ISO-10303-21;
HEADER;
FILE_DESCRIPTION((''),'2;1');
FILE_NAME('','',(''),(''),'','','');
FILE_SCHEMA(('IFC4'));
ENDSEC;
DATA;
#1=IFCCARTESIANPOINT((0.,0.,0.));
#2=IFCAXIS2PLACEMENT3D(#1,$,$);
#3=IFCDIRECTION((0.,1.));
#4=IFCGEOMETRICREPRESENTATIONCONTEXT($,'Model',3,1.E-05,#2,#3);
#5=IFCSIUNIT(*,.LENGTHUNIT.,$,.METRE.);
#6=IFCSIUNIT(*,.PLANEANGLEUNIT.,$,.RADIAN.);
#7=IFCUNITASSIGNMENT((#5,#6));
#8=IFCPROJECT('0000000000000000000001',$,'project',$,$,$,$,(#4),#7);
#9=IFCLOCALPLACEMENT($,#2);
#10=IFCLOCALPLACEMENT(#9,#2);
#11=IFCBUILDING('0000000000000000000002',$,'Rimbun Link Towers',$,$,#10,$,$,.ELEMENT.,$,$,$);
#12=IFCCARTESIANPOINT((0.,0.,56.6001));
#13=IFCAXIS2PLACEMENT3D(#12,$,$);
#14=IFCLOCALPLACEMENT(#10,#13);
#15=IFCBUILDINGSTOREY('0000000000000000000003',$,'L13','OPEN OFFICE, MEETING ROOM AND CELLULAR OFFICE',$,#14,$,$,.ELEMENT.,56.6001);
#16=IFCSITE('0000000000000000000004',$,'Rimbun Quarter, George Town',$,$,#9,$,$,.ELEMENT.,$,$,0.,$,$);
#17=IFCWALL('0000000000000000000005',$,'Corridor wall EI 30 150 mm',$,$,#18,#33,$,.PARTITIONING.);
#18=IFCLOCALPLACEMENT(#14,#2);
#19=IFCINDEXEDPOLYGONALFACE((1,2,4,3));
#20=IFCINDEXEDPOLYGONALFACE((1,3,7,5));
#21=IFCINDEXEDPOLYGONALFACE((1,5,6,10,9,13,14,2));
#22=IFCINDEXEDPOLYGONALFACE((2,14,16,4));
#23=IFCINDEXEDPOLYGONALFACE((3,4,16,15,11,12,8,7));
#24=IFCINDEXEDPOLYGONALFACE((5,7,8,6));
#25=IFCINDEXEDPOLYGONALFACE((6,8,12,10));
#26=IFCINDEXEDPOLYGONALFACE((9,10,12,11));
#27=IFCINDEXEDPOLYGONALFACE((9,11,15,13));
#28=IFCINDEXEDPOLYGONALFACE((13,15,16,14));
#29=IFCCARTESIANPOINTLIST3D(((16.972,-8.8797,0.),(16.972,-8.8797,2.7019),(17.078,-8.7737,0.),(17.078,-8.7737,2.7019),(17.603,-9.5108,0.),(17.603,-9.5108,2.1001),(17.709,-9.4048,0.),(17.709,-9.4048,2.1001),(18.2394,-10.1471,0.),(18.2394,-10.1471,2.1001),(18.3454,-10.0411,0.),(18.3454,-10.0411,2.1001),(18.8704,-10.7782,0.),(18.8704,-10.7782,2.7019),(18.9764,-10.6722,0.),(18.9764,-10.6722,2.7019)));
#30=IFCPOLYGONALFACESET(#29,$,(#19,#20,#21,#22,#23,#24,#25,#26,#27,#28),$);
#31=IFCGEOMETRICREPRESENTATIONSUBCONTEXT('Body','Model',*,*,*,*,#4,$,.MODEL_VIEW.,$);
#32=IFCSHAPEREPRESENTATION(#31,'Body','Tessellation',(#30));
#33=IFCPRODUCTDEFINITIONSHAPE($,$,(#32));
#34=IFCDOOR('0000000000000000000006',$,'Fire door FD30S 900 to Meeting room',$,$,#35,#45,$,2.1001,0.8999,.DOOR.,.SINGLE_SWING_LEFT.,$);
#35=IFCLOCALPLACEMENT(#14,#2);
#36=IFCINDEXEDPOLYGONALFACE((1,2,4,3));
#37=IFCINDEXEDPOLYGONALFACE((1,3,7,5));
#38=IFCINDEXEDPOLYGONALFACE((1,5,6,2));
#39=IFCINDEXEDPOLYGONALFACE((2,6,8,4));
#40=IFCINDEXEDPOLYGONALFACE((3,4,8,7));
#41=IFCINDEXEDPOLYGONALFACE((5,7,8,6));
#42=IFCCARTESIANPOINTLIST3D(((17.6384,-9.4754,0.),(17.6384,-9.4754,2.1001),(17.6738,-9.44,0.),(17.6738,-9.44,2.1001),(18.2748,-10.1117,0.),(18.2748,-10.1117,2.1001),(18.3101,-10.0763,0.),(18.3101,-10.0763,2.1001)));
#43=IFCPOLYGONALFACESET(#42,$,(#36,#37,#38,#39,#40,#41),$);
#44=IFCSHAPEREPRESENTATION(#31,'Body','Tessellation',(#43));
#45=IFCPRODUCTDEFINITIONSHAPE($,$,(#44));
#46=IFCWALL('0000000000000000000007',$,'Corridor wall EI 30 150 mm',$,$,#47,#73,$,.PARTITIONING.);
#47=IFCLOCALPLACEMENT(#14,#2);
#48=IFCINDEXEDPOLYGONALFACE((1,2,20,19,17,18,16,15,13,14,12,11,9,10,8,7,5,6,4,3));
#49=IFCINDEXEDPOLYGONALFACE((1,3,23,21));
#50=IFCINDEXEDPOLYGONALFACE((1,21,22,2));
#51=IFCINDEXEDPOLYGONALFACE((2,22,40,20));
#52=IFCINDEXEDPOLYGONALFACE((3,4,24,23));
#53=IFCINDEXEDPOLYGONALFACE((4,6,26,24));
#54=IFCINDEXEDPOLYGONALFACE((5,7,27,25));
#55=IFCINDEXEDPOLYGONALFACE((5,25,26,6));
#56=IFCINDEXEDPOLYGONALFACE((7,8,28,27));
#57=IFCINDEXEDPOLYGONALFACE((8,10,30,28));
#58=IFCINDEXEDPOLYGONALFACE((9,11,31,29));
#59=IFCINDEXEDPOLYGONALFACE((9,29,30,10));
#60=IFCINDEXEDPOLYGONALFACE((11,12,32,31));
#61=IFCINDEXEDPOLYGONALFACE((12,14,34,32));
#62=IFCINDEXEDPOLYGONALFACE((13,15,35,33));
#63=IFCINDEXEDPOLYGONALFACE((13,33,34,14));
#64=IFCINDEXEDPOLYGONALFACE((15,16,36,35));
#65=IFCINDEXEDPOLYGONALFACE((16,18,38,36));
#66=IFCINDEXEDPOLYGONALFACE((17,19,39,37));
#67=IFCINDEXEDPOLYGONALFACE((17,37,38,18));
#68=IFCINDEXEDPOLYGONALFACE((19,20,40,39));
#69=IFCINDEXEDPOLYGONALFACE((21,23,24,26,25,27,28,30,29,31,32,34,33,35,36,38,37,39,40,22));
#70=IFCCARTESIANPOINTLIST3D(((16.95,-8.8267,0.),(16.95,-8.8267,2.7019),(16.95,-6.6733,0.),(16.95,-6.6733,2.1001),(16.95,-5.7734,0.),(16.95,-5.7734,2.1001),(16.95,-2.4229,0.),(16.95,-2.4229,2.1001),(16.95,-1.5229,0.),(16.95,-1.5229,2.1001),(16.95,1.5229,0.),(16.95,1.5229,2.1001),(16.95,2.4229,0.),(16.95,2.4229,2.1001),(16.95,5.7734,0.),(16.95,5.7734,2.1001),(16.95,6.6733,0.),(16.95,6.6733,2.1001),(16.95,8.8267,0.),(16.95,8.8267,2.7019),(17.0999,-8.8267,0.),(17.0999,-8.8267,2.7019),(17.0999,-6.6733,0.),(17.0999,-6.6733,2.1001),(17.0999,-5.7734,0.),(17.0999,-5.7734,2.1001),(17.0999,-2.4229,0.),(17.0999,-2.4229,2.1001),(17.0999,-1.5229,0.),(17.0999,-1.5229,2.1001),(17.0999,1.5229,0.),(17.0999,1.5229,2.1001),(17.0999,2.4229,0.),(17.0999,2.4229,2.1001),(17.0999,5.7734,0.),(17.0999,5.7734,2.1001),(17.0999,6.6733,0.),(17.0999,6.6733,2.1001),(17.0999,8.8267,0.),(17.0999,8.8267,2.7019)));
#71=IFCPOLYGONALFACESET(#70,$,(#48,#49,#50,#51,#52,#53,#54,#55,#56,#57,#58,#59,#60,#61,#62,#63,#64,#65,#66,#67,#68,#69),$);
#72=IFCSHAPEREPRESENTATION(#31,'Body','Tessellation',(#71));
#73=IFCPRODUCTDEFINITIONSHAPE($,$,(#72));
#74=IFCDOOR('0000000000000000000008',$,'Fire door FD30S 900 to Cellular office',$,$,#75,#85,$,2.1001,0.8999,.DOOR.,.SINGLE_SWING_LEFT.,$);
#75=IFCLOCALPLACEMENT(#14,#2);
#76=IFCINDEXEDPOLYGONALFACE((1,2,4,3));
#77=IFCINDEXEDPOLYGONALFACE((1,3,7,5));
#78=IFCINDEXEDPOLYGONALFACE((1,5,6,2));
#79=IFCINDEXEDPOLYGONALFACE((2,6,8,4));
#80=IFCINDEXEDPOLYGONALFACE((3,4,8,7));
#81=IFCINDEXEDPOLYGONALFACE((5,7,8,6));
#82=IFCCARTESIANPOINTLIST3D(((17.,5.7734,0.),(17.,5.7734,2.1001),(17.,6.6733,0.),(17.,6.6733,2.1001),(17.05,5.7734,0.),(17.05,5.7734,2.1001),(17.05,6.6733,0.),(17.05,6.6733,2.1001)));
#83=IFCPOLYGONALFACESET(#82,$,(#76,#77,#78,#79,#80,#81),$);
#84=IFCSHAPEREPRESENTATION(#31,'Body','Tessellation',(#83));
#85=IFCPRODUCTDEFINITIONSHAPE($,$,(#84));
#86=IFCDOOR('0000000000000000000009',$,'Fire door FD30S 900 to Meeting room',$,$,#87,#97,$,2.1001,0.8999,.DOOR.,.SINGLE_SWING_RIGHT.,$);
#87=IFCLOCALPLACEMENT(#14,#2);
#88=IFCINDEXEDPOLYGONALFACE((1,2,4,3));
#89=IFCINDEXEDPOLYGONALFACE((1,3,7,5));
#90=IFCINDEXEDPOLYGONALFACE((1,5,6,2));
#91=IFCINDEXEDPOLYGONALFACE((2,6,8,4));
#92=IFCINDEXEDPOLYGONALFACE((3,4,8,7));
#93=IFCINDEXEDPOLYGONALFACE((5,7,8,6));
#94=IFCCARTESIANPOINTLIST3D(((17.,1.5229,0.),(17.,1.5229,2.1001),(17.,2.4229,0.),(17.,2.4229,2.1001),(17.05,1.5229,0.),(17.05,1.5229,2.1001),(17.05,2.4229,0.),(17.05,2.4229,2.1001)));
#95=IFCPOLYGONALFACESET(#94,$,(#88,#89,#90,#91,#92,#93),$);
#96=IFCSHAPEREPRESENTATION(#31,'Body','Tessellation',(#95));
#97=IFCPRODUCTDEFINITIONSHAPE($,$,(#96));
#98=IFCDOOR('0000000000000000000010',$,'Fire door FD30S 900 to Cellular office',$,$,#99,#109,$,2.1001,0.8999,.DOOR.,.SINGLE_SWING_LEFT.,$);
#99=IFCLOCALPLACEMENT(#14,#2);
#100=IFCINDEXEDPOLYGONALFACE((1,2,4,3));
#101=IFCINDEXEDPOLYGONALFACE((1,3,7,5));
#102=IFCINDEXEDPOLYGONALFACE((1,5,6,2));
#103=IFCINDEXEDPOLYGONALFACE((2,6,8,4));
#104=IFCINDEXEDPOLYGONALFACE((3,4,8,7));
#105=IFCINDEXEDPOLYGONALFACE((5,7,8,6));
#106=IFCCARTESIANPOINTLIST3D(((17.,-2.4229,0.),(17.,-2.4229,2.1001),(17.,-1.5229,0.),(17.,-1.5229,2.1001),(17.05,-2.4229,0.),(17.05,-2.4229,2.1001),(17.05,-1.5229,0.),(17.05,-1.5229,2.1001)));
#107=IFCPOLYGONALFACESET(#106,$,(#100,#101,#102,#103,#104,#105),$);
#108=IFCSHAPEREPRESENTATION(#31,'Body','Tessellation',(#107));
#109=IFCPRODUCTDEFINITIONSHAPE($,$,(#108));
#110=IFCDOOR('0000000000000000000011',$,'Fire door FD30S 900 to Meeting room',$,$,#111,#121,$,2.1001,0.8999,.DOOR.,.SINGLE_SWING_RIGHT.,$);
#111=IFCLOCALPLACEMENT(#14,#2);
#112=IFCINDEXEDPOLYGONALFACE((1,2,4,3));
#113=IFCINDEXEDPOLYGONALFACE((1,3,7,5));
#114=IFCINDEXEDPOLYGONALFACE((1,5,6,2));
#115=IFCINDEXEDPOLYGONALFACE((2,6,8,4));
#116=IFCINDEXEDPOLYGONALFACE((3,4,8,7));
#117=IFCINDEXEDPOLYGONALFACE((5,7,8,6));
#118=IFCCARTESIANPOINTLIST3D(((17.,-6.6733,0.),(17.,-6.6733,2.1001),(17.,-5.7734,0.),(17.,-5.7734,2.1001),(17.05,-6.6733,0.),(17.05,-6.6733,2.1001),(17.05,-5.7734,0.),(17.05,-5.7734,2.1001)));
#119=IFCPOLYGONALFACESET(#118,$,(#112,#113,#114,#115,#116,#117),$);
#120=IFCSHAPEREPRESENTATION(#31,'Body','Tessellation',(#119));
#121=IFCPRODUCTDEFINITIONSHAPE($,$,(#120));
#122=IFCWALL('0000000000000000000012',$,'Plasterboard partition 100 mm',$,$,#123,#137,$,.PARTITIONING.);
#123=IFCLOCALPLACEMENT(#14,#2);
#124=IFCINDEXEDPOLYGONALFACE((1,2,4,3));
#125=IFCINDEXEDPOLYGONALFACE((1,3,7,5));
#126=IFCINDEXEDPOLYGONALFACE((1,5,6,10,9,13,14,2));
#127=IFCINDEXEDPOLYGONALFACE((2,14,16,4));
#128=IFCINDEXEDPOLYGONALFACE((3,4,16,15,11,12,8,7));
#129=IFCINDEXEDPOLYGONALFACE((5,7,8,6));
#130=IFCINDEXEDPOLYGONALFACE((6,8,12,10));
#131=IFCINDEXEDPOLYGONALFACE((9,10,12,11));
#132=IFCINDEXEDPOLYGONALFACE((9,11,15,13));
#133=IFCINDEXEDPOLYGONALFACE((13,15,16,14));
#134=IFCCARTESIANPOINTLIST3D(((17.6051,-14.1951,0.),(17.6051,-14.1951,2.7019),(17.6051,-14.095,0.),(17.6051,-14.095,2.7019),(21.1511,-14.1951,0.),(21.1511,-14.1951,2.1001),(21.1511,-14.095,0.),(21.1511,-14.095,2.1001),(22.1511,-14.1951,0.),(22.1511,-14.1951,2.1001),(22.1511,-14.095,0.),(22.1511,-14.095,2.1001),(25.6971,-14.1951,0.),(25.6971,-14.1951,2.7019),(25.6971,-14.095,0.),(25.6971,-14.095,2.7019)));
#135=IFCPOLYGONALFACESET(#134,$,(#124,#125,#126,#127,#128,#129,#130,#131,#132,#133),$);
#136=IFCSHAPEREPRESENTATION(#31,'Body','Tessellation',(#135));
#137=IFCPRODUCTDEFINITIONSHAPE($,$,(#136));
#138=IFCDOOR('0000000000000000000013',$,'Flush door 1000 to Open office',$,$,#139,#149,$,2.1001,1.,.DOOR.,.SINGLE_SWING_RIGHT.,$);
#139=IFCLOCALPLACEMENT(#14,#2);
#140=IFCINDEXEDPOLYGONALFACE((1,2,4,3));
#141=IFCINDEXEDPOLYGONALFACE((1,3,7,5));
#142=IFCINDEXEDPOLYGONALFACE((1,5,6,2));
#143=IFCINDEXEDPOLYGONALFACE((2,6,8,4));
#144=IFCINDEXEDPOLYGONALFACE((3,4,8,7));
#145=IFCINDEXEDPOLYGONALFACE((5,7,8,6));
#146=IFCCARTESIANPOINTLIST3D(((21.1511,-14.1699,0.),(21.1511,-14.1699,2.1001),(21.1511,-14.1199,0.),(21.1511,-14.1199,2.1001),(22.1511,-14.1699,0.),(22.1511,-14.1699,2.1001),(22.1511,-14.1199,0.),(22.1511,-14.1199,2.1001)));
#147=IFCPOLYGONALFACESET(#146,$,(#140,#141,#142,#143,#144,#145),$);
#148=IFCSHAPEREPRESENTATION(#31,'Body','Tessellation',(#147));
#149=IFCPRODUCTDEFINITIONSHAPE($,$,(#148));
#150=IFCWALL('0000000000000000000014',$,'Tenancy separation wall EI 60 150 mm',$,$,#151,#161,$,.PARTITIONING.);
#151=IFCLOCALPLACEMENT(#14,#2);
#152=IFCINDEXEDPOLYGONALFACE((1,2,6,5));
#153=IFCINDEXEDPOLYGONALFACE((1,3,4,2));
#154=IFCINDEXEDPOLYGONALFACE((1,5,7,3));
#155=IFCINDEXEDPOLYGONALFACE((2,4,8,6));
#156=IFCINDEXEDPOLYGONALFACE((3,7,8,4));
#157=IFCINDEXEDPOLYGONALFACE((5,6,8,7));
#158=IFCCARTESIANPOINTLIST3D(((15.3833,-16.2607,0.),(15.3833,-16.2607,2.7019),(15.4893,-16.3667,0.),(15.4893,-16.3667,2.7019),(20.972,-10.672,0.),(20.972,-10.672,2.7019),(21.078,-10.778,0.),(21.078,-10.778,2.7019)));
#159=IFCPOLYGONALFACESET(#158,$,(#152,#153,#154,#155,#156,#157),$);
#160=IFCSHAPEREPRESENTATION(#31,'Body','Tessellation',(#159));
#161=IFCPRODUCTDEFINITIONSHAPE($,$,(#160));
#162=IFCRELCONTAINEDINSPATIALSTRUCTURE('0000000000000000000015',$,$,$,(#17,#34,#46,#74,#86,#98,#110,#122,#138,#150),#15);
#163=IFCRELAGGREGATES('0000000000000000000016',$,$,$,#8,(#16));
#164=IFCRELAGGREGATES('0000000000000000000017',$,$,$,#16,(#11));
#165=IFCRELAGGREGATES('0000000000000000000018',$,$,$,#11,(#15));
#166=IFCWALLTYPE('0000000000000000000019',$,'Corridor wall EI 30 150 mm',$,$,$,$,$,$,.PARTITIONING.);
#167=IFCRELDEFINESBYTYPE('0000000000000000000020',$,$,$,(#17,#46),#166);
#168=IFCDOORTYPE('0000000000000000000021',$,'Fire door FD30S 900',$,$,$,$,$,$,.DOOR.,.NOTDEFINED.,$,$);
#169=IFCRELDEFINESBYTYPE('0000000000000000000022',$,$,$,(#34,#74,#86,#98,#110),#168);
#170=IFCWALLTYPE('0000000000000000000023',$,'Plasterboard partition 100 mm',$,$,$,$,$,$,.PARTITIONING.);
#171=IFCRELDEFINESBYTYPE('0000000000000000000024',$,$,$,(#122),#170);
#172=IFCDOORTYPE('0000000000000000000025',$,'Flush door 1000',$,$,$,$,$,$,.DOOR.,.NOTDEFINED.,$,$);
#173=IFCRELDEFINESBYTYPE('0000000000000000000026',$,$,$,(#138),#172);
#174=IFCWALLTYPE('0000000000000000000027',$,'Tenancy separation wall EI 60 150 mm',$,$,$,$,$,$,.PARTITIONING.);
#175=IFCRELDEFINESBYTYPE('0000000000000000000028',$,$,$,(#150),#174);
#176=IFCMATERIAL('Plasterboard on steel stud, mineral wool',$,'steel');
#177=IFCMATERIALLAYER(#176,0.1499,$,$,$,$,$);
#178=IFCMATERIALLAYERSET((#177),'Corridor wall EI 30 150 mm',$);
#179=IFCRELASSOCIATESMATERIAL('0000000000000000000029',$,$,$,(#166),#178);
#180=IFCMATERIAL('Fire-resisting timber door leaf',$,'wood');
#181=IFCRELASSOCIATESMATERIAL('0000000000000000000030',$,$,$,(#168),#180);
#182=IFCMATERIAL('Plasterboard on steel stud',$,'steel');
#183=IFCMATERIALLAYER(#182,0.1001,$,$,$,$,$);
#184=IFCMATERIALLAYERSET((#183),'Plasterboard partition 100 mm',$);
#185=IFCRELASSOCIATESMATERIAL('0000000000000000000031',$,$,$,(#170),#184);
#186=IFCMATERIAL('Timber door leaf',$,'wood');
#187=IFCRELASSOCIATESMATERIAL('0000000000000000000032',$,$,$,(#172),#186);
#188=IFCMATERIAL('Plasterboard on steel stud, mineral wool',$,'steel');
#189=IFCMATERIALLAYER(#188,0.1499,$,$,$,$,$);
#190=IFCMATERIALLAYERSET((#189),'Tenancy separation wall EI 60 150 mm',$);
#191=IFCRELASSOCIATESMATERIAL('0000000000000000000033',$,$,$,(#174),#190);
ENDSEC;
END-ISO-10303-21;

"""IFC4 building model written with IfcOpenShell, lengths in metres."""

from ifc_helpers import new_model, si_unit, direction, frame, frame_2d, origin, place, context, subcontext, project, spatial, rectangle, extrude, material, layer, layer_set, type_object, element, fill, save


model = new_model("IFC4")

# Units and contexts
model_context = context("Model", 3, precision=1e-05, world=origin(), true_north=direction((0.0, 1.0)))
body_context = subcontext(model_context, "Body", "Model", "MODEL_VIEW")
ifc_project = project(units=[si_unit("LENGTHUNIT", "METRE"), si_unit("PLANEANGLEUNIT", "RADIAN")], contexts=[model_context])

# Site, building, storey
site_placement = place(None, origin())
site = spatial("IfcSite", under=ifc_project, at=site_placement, Name="Rimbun Quarter, George Town", CompositionType="ELEMENT", RefElevation=0.0)
building_placement = place(site_placement, origin())
building = spatial("IfcBuilding", under=site, at=building_placement, Name="Rimbun Link Towers", CompositionType="ELEMENT")
storey_placement = place(building_placement, frame((0.0, 0.0, 56.6001)))
storey = spatial("IfcBuildingStorey", under=building, at=storey_placement, Name="L13", Description="OPEN OFFICE, MEETING ROOM AND CELLULAR OFFICE", CompositionType="ELEMENT", Elevation=56.6001)

# Wall, opening, door
ifc_material_1 = material(Name="Plasterboard on steel stud, mineral wool", Category="steel")
ifc_layer_1 = layer(ifc_material_1, 0.1499)
ifc_layer_set_1 = layer_set([ifc_layer_1], Name="Corridor wall EI 30 150 mm")
wall_type_1 = type_object("IfcWallType", Name="Corridor wall EI 30 150 mm", PredefinedType="PARTITIONING", material=ifc_layer_set_1)
wall_1_placement = place(storey_placement, frame((18.9233, -10.7251, 0.0), z_axis=(0.0, 0.0, 1.0), x_axis=(-0.707107, 0.707107, 0.0)))
wall_1 = element("IfcWall", 1, at=wall_1_placement, inside=storey, type_object=wall_type_1, Name="Corridor wall EI 30 150 mm", PredefinedType="PARTITIONING", context=body_context, shape_type="SweptSolid", body=[
    extrude(rectangle(XDim=2.6848, YDim=0.1499, at=frame_2d((1.3423, 0.0))), origin(), (0.0, 0.0, 1.0), 2.7019),
])
opening_1_placement = place(wall_1_placement, frame((0.8923, 0.0, 0.0)))
opening_1 = element("IfcOpeningElement", 2, at=opening_1_placement, cuts=wall_1, PredefinedType="OPENING", context=body_context, shape_type="SweptSolid", body=[
    extrude(rectangle(XDim=0.8999, YDim=2.1001, at=frame_2d((0.45, 1.05))), frame((0.0, 0.085, 0.0), z_axis=(0.0, -1.0, 0.0), x_axis=(1.0, 0.0, 0.0)), (0.0, 0.0, 1.0), 0.1699),
])
ifc_material_2 = material(Name="Fire-resisting timber door leaf", Category="wood")
door_type_1 = type_object("IfcDoorType", Name="Fire door FD30S 900", OperationType="NOTDEFINED", PredefinedType="DOOR", material=ifc_material_2)
door_1_placement = place(opening_1_placement, origin())
door_1 = element("IfcDoor", 3, at=door_1_placement, inside=storey, type_object=door_type_1, Name="Fire door FD30S 900 to Meeting room", OperationType="SINGLE_SWING_LEFT", OverallHeight=2.1001, OverallWidth=0.8999, PredefinedType="DOOR", context=body_context, shape_type="SweptSolid", body=[
    extrude(rectangle(XDim=0.8999, YDim=2.1001, at=frame_2d((0.45, 1.05))), frame((0.0, 0.0249, 0.0), z_axis=(0.0, -1.0, 0.0), x_axis=(1.0, 0.0, 0.0)), (0.0, 0.0, 1.0), 0.05),
])
fill(opening_1, door_1)

# Wall, openings, doors
wall_2_placement = place(storey_placement, frame((17.0249, -8.8267, 0.0), z_axis=(0.0, 0.0, 1.0), x_axis=(0.0, 1.0, 0.0)))
wall_2 = element("IfcWall", 4, at=wall_2_placement, inside=storey, type_object=wall_type_1, Name="Corridor wall EI 30 150 mm", PredefinedType="PARTITIONING", context=body_context, shape_type="SweptSolid", body=[
    extrude(rectangle(XDim=17.6533, YDim=0.1499, at=frame_2d((8.8267, 0.0))), origin(), (0.0, 0.0, 1.0), 2.7019),
])
opening_2_placement = place(wall_2_placement, frame((14.6001, 0.0, 0.0)))
opening_2 = element("IfcOpeningElement", 5, at=opening_2_placement, cuts=wall_2, PredefinedType="OPENING", context=body_context, shape_type="SweptSolid", body=[
    extrude(rectangle(XDim=0.8999, YDim=2.1001, at=frame_2d((0.45, 1.05))), frame((0.0, 0.085, 0.0), z_axis=(0.0, -1.0, 0.0), x_axis=(1.0, 0.0, 0.0)), (0.0, 0.0, 1.0), 0.1699),
])
opening_3_placement = place(wall_2_placement, frame((10.3496, 0.0, 0.0)))
opening_3 = element("IfcOpeningElement", 6, at=opening_3_placement, cuts=wall_2, PredefinedType="OPENING", context=body_context, shape_type="SweptSolid", body=[
    extrude(rectangle(XDim=0.8999, YDim=2.1001, at=frame_2d((0.45, 1.05))), frame((0.0, 0.085, 0.0), z_axis=(0.0, -1.0, 0.0), x_axis=(1.0, 0.0, 0.0)), (0.0, 0.0, 1.0), 0.1699),
])
opening_4_placement = place(wall_2_placement, frame((6.4038, 0.0, 0.0)))
opening_4 = element("IfcOpeningElement", 7, at=opening_4_placement, cuts=wall_2, PredefinedType="OPENING", context=body_context, shape_type="SweptSolid", body=[
    extrude(rectangle(XDim=0.8999, YDim=2.1001, at=frame_2d((0.45, 1.05))), frame((0.0, 0.085, 0.0), z_axis=(0.0, -1.0, 0.0), x_axis=(1.0, 0.0, 0.0)), (0.0, 0.0, 1.0), 0.1699),
])
opening_5_placement = place(wall_2_placement, frame((2.1533, 0.0, 0.0)))
opening_5 = element("IfcOpeningElement", 8, at=opening_5_placement, cuts=wall_2, PredefinedType="OPENING", context=body_context, shape_type="SweptSolid", body=[
    extrude(rectangle(XDim=0.8999, YDim=2.1001, at=frame_2d((0.45, 1.05))), frame((0.0, 0.085, 0.0), z_axis=(0.0, -1.0, 0.0), x_axis=(1.0, 0.0, 0.0)), (0.0, 0.0, 1.0), 0.1699),
])
door_2_placement = place(opening_2_placement, origin())
door_2 = element("IfcDoor", 9, at=door_2_placement, inside=storey, type_object=door_type_1, Name="Fire door FD30S 900 to Cellular office", OperationType="SINGLE_SWING_LEFT", OverallHeight=2.1001, OverallWidth=0.8999, PredefinedType="DOOR", context=body_context, shape_type="SweptSolid", body=[
    extrude(rectangle(XDim=0.8999, YDim=2.1001, at=frame_2d((0.45, 1.05))), frame((0.0, 0.0249, 0.0), z_axis=(0.0, -1.0, 0.0), x_axis=(1.0, 0.0, 0.0)), (0.0, 0.0, 1.0), 0.05),
])
fill(opening_2, door_2)
door_3_placement = place(opening_3_placement, origin())
door_3 = element("IfcDoor", 10, at=door_3_placement, inside=storey, type_object=door_type_1, Name="Fire door FD30S 900 to Meeting room", OperationType="SINGLE_SWING_RIGHT", OverallHeight=2.1001, OverallWidth=0.8999, PredefinedType="DOOR", context=body_context, shape_type="SweptSolid", body=[
    extrude(rectangle(XDim=0.8999, YDim=2.1001, at=frame_2d((0.45, 1.05))), frame((0.0, 0.0249, 0.0), z_axis=(0.0, -1.0, 0.0), x_axis=(1.0, 0.0, 0.0)), (0.0, 0.0, 1.0), 0.05),
])
fill(opening_3, door_3)
door_4_placement = place(opening_4_placement, origin())
door_4 = element("IfcDoor", 11, at=door_4_placement, inside=storey, type_object=door_type_1, Name="Fire door FD30S 900 to Cellular office", OperationType="SINGLE_SWING_LEFT", OverallHeight=2.1001, OverallWidth=0.8999, PredefinedType="DOOR", context=body_context, shape_type="SweptSolid", body=[
    extrude(rectangle(XDim=0.8999, YDim=2.1001, at=frame_2d((0.45, 1.05))), frame((0.0, 0.0249, 0.0), z_axis=(0.0, -1.0, 0.0), x_axis=(1.0, 0.0, 0.0)), (0.0, 0.0, 1.0), 0.05),
])
fill(opening_4, door_4)
door_5_placement = place(opening_5_placement, origin())
door_5 = element("IfcDoor", 12, at=door_5_placement, inside=storey, type_object=door_type_1, Name="Fire door FD30S 900 to Meeting room", OperationType="SINGLE_SWING_RIGHT", OverallHeight=2.1001, OverallWidth=0.8999, PredefinedType="DOOR", context=body_context, shape_type="SweptSolid", body=[
    extrude(rectangle(XDim=0.8999, YDim=2.1001, at=frame_2d((0.45, 1.05))), frame((0.0, 0.0249, 0.0), z_axis=(0.0, -1.0, 0.0), x_axis=(1.0, 0.0, 0.0)), (0.0, 0.0, 1.0), 0.05),
])
fill(opening_5, door_5)

# Wall, opening, door
ifc_material_3 = material(Name="Plasterboard on steel stud", Category="steel")
ifc_layer_2 = layer(ifc_material_3, 0.1001)
ifc_layer_set_2 = layer_set([ifc_layer_2], Name="Plasterboard partition 100 mm")
wall_type_2 = type_object("IfcWallType", Name="Plasterboard partition 100 mm", PredefinedType="PARTITIONING", material=ifc_layer_set_2)
wall_3_placement = place(storey_placement, frame((25.697, -14.145, 0.0), z_axis=(0.0, 0.0, 1.0), x_axis=(-1.0, 0.0, 0.0)))
wall_3 = element("IfcWall", 13, at=wall_3_placement, inside=storey, type_object=wall_type_2, Name="Plasterboard partition 100 mm", PredefinedType="PARTITIONING", context=body_context, shape_type="SweptSolid", body=[
    extrude(rectangle(XDim=8.092, YDim=0.1001, at=frame_2d((4.0459, 0.0))), origin(), (0.0, 0.0, 1.0), 2.7019),
])
opening_6_placement = place(wall_3_placement, frame((3.5459, 0.0, 0.0)))
opening_6 = element("IfcOpeningElement", 14, at=opening_6_placement, cuts=wall_3, PredefinedType="OPENING", context=body_context, shape_type="SweptSolid", body=[
    extrude(rectangle(XDim=1.0, YDim=2.1001, at=frame_2d((0.5, 1.05))), frame((0.0, 0.0601, 0.0), z_axis=(0.0, -1.0, 0.0), x_axis=(1.0, 0.0, 0.0)), (0.0, 0.0, 1.0), 0.1201),
])
ifc_material_4 = material(Name="Timber door leaf", Category="wood")
door_type_2 = type_object("IfcDoorType", Name="Flush door 1000", OperationType="NOTDEFINED", PredefinedType="DOOR", material=ifc_material_4)
door_6_placement = place(opening_6_placement, origin())
door_6 = element("IfcDoor", 15, at=door_6_placement, inside=storey, type_object=door_type_2, Name="Flush door 1000 to Open office", OperationType="SINGLE_SWING_RIGHT", OverallHeight=2.1001, OverallWidth=1.0, PredefinedType="DOOR", context=body_context, shape_type="SweptSolid", body=[
    extrude(rectangle(XDim=1.0, YDim=2.1001, at=frame_2d((0.5, 1.05))), frame((0.0, 0.0249, 0.0), z_axis=(0.0, -1.0, 0.0), x_axis=(1.0, 0.0, 0.0)), (0.0, 0.0, 1.0), 0.05),
])
fill(opening_6, door_6)

# Wall
ifc_material_5 = material(Name="Plasterboard on steel stud, mineral wool", Category="steel")
ifc_layer_3 = layer(ifc_material_5, 0.1499)
ifc_layer_set_3 = layer_set([ifc_layer_3], Name="Tenancy separation wall EI 60 150 mm")
wall_type_3 = type_object("IfcWallType", Name="Tenancy separation wall EI 60 150 mm", PredefinedType="PARTITIONING", material=ifc_layer_set_3)
wall_4_placement = place(storey_placement, frame((21.0249, -10.7251, 0.0), z_axis=(0.0, 0.0, 1.0), x_axis=(-0.707107, -0.707107, 0.0)))
element("IfcWall", 16, at=wall_4_placement, inside=storey, type_object=wall_type_3, Name="Tenancy separation wall EI 60 150 mm", PredefinedType="PARTITIONING", context=body_context, shape_type="SweptSolid", body=[
    extrude(rectangle(XDim=7.9036, YDim=0.1499, at=frame_2d((3.9517, 0.0))), origin(), (0.0, 0.0, 1.0), 2.7019),
])

save(model, "model.ifc")
